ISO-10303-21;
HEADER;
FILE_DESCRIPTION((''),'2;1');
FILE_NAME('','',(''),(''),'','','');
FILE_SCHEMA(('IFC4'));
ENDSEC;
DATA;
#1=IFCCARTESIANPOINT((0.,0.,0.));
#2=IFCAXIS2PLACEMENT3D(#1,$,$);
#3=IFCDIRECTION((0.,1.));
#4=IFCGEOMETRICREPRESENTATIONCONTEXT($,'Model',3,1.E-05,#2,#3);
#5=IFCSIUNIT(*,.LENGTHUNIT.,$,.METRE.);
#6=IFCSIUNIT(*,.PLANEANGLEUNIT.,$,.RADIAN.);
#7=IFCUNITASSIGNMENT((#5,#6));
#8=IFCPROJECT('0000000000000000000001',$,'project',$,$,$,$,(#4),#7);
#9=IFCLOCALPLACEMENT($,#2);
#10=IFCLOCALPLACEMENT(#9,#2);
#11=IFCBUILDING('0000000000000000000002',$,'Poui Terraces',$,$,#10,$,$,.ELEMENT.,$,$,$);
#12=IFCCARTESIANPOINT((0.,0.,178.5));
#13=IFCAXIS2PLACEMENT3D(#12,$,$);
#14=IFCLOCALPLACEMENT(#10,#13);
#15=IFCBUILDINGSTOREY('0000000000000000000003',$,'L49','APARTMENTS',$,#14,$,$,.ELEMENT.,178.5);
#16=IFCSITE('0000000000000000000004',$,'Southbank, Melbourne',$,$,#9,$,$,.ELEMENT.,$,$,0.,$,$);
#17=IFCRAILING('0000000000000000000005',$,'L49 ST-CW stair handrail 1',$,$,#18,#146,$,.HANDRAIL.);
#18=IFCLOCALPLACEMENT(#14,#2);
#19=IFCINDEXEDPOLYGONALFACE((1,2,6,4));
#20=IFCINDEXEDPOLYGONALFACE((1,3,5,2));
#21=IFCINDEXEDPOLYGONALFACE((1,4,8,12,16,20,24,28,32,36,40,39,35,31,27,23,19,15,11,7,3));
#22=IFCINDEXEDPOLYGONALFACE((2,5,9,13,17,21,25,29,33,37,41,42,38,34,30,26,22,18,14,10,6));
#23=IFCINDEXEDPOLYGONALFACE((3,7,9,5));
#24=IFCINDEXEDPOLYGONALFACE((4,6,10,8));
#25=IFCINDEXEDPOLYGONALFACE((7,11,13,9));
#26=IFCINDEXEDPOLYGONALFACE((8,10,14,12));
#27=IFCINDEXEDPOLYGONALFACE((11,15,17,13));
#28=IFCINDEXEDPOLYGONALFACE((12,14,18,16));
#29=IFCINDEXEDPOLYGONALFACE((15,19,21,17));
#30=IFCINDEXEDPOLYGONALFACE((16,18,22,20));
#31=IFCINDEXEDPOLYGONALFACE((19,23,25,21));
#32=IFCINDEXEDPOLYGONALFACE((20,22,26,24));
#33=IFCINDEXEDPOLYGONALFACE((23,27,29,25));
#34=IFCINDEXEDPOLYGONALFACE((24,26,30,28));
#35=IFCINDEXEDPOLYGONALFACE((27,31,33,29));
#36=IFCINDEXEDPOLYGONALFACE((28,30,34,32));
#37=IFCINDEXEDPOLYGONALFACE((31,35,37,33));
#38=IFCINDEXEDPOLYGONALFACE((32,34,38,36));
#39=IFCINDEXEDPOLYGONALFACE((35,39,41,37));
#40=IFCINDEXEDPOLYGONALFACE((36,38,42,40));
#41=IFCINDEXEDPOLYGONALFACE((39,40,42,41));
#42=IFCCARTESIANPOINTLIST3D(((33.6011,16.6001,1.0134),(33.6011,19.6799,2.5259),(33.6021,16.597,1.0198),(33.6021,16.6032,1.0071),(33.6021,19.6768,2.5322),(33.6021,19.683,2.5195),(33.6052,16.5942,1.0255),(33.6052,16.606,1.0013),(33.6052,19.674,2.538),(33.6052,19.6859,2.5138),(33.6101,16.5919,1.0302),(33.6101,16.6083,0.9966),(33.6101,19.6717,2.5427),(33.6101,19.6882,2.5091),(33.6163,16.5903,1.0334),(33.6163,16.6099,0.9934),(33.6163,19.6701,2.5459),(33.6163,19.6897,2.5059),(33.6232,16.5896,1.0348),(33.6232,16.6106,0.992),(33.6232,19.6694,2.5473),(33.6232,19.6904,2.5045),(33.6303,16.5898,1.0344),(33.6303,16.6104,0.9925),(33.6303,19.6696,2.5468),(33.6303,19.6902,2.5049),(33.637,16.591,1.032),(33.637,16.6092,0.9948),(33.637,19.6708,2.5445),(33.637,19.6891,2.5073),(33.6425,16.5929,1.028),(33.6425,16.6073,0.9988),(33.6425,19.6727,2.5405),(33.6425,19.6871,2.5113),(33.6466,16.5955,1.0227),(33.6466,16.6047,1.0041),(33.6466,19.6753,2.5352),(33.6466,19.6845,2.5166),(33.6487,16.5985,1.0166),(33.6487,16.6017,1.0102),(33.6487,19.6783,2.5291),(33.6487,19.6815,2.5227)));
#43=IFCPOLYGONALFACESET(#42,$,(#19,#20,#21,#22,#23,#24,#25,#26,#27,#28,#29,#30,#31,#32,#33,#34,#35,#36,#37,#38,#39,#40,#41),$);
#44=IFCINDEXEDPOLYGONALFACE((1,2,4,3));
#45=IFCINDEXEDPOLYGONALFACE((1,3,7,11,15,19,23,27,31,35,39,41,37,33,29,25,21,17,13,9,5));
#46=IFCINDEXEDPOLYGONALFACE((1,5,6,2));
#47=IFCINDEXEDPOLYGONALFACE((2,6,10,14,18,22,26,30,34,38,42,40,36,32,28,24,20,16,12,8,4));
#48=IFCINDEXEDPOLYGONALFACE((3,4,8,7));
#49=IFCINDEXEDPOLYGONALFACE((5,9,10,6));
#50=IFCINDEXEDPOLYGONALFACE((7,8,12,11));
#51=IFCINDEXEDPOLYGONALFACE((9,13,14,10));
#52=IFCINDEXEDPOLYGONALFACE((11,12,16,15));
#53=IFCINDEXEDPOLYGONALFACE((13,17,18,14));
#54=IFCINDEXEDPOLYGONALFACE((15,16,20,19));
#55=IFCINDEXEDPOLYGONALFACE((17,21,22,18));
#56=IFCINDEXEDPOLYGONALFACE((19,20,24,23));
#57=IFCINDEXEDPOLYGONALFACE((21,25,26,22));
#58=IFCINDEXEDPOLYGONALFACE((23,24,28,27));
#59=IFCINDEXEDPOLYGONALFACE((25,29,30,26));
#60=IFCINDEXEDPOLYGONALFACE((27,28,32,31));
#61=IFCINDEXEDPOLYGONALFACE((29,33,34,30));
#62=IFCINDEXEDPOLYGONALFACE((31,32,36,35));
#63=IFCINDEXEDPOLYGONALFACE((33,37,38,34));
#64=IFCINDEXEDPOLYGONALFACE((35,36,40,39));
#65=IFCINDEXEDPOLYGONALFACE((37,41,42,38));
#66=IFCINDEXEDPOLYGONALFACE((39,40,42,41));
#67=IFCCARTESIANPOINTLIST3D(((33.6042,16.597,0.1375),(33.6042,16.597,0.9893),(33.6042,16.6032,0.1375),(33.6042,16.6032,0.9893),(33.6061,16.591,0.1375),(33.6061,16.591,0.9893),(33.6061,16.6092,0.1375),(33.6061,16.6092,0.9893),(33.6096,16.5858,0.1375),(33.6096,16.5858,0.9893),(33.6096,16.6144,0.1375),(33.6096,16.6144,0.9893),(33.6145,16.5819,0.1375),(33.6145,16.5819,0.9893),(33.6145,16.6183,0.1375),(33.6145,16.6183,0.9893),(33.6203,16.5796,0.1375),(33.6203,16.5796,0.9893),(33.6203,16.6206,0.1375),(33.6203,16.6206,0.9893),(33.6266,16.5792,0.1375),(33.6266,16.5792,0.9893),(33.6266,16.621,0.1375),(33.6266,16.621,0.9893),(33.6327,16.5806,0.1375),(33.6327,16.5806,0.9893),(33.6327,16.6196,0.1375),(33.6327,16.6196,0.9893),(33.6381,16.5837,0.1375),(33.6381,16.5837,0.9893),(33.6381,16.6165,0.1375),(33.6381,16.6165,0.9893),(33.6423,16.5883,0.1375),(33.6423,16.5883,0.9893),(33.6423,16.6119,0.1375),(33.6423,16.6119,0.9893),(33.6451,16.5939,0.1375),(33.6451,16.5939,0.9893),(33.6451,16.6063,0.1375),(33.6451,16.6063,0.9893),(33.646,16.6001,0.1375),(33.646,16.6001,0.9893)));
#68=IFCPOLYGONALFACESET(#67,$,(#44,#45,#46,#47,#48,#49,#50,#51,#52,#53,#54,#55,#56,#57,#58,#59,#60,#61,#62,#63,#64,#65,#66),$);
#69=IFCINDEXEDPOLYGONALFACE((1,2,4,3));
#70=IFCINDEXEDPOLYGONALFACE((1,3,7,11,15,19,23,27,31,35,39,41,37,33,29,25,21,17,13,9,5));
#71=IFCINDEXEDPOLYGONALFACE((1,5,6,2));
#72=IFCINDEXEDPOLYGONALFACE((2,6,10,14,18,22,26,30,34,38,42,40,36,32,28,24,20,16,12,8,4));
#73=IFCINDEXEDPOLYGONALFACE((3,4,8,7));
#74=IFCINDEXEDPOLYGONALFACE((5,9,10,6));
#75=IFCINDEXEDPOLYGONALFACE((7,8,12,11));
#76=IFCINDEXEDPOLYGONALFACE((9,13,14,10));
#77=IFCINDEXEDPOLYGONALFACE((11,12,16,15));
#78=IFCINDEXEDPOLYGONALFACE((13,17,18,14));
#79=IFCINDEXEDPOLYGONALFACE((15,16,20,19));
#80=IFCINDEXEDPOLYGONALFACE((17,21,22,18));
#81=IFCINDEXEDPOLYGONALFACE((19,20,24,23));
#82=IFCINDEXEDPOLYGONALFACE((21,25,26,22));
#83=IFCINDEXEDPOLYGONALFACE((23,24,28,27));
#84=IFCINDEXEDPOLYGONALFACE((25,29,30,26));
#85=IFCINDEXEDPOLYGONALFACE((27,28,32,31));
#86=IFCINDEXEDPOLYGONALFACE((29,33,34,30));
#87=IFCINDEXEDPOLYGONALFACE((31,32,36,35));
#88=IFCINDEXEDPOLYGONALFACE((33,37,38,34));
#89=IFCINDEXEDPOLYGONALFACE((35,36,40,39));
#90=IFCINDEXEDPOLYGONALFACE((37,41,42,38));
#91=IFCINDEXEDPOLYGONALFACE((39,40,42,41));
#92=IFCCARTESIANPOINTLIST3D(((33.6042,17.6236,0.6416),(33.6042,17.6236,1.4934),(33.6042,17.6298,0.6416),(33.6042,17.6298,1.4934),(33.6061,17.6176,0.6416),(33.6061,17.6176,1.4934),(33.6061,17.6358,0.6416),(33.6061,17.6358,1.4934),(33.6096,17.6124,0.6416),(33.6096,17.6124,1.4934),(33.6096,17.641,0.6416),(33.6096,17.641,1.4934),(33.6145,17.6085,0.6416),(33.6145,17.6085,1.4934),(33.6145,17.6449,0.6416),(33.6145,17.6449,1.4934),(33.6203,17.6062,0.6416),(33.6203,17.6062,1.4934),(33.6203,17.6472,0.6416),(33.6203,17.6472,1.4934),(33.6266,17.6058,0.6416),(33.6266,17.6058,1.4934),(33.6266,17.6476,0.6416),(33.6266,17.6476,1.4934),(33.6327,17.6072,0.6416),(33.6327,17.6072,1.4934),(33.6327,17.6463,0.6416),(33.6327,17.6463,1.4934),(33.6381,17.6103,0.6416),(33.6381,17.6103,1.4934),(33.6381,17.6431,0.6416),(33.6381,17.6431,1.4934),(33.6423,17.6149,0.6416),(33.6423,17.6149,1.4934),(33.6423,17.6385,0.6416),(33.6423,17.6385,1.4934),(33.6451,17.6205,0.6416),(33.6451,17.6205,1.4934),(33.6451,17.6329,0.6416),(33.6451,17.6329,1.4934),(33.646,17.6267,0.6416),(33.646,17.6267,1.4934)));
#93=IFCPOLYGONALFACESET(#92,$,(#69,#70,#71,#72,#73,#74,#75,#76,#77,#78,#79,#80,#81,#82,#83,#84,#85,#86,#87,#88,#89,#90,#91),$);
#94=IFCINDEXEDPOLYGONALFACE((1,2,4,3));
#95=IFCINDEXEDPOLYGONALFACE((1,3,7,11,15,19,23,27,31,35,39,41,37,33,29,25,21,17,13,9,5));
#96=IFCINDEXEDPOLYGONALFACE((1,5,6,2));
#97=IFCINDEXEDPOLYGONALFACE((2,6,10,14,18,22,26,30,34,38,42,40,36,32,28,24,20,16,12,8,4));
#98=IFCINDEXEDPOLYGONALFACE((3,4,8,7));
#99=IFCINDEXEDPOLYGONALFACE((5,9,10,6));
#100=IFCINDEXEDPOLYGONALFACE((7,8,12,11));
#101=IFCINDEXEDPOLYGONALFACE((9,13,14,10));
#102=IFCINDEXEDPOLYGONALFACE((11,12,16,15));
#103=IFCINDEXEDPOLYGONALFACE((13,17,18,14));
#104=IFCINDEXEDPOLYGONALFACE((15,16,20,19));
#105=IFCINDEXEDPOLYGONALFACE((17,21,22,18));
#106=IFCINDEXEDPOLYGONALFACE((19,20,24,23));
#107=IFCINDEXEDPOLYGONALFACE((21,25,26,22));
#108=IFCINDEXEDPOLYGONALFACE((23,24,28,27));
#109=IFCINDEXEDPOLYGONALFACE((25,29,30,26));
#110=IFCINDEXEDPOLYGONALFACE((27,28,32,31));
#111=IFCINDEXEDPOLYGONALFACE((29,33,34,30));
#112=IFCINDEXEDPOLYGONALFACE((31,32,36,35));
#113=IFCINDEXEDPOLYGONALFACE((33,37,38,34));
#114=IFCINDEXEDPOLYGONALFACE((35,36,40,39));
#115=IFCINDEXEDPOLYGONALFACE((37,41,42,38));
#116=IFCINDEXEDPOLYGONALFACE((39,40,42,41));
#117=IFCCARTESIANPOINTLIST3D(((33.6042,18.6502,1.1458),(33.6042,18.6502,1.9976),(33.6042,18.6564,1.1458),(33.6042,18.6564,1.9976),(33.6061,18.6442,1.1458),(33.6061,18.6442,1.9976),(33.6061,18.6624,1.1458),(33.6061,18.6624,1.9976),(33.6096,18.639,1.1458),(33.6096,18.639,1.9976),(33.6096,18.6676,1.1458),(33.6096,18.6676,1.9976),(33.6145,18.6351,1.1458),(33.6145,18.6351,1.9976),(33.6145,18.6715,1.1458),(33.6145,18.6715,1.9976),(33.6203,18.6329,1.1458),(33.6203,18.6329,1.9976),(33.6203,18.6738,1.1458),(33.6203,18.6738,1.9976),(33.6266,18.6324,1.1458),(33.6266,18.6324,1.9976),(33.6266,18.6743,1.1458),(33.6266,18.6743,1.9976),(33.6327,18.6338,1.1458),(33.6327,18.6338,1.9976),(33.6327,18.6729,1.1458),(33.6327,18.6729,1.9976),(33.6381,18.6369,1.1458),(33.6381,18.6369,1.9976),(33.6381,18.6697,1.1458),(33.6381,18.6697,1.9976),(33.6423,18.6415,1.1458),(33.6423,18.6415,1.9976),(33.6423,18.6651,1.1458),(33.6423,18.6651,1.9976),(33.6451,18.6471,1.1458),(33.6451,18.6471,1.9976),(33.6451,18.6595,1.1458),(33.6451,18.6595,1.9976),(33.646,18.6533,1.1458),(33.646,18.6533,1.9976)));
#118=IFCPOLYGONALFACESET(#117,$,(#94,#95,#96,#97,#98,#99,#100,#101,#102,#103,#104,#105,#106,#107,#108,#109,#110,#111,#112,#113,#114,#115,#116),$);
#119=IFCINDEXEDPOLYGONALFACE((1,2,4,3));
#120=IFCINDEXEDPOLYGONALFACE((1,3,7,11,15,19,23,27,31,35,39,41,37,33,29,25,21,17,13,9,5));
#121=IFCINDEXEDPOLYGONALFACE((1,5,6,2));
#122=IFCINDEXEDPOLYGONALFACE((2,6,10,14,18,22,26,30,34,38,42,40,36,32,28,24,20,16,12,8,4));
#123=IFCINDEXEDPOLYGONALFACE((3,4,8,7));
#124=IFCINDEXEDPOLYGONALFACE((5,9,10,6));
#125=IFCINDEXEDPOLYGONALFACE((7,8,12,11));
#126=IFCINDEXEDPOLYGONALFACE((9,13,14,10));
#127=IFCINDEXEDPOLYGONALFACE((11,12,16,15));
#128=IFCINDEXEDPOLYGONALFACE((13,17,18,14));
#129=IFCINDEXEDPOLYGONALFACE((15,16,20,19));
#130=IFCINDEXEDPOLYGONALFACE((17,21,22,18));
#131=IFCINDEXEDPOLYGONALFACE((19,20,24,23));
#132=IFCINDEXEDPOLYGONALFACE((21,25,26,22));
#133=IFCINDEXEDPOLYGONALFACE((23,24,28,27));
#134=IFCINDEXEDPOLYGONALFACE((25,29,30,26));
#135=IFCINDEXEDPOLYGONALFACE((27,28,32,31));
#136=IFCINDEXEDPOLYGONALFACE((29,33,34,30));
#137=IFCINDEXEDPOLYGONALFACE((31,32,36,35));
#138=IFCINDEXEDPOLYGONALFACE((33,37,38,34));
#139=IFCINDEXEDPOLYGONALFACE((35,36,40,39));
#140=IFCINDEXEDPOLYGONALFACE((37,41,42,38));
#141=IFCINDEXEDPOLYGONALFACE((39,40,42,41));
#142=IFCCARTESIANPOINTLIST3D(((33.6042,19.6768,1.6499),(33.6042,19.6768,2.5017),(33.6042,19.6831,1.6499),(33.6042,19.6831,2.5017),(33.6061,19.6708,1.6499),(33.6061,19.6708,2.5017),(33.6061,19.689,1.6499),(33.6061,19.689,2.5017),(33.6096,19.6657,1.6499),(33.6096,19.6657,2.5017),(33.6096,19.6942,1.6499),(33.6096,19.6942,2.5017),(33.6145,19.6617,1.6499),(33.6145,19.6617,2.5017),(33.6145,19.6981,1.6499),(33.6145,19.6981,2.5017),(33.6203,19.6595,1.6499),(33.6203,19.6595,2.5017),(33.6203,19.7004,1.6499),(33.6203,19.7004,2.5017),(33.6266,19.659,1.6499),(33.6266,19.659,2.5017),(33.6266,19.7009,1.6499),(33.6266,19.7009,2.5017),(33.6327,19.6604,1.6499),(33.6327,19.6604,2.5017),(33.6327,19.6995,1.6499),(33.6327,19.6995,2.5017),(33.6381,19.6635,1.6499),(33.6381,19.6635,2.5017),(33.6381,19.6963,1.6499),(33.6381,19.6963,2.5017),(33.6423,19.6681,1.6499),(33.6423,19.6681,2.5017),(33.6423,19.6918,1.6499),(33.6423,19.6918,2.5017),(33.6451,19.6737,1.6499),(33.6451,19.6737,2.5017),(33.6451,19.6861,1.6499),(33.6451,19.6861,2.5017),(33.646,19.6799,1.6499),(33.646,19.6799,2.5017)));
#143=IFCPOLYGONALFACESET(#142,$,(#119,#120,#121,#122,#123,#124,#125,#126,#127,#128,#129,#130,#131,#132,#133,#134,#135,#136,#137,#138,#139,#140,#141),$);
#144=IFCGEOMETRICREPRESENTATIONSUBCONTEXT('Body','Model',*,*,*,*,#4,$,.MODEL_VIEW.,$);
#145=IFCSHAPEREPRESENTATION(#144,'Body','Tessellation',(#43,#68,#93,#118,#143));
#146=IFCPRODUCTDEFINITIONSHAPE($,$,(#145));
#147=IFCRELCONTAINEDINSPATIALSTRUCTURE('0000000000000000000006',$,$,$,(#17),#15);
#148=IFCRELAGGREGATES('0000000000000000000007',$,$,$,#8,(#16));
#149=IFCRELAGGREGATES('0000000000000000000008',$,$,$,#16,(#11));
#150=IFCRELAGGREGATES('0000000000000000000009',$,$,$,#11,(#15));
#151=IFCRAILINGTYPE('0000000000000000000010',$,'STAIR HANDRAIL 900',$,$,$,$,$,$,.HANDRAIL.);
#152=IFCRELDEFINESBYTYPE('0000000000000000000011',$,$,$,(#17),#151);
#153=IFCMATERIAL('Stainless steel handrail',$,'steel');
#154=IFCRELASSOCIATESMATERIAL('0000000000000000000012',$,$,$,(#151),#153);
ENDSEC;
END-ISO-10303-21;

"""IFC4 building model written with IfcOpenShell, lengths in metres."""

from ifc_helpers import new_model, si_unit, direction, frame, origin, origin_2d, place, context, subcontext, project, spatial, circle, extrude, material, type_object, element, save


model = new_model("IFC4")

# Units and contexts
model_context = context("Model", 3, precision=1e-05, world=origin(), true_north=direction((0.0, 1.0)))
body_context = subcontext(model_context, "Body", "Model", "MODEL_VIEW")
ifc_project = project(units=[si_unit("LENGTHUNIT", "METRE"), si_unit("PLANEANGLEUNIT", "RADIAN")], contexts=[model_context])

# Site, building, storey
site_placement = place(None, origin())
site = spatial("IfcSite", under=ifc_project, at=site_placement, Name="Southbank, Melbourne", CompositionType="ELEMENT", RefElevation=0.0)
building_placement = place(site_placement, origin())
building = spatial("IfcBuilding", under=site, at=building_placement, Name="Poui Terraces", CompositionType="ELEMENT")
storey_placement = place(building_placement, frame((0.0, 0.0, 178.5)))
storey = spatial("IfcBuildingStorey", under=building, at=storey_placement, Name="L49", Description="APARTMENTS", CompositionType="ELEMENT", Elevation=178.5)

# Railing
ifc_material_1 = material(Name="Stainless steel handrail", Category="steel")
railing_type_1 = type_object("IfcRailingType", Name="STAIR HANDRAIL 900", PredefinedType="HANDRAIL", material=ifc_material_1)
railing_1_placement = place(storey_placement, frame((33.625, 16.6001, 0.1375)))
element("IfcRailing", 1, at=railing_1_placement, inside=storey, type_object=railing_type_1, Name="L49 ST-CW stair handrail 1", PredefinedType="HANDRAIL", context=body_context, shape_type="SweptSolid", body=[
    extrude(circle(Radius=0.0239, at=origin_2d()), frame((0.0, 0.0, 0.876), z_axis=(0.0, 0.897606, 0.440798), x_axis=(-1.0, 0.0, 0.0)), (0.0, 0.0, 1.0), 3.4312),
    extrude(circle(Radius=0.021, at=origin_2d()), origin(), (0.0, 0.0, 1.0), 0.8518),
    extrude(circle(Radius=0.021, at=origin_2d()), frame((0.0, 1.0266, 0.5042)), (0.0, 0.0, 1.0), 0.8518),
    extrude(circle(Radius=0.021, at=origin_2d()), frame((0.0, 2.0532, 1.0083)), (0.0, 0.0, 1.0), 0.8518),
    extrude(circle(Radius=0.021, at=origin_2d()), frame((0.0, 3.0798, 1.5125)), (0.0, 0.0, 1.0), 0.8518),
])

save(model, "model.ifc")
